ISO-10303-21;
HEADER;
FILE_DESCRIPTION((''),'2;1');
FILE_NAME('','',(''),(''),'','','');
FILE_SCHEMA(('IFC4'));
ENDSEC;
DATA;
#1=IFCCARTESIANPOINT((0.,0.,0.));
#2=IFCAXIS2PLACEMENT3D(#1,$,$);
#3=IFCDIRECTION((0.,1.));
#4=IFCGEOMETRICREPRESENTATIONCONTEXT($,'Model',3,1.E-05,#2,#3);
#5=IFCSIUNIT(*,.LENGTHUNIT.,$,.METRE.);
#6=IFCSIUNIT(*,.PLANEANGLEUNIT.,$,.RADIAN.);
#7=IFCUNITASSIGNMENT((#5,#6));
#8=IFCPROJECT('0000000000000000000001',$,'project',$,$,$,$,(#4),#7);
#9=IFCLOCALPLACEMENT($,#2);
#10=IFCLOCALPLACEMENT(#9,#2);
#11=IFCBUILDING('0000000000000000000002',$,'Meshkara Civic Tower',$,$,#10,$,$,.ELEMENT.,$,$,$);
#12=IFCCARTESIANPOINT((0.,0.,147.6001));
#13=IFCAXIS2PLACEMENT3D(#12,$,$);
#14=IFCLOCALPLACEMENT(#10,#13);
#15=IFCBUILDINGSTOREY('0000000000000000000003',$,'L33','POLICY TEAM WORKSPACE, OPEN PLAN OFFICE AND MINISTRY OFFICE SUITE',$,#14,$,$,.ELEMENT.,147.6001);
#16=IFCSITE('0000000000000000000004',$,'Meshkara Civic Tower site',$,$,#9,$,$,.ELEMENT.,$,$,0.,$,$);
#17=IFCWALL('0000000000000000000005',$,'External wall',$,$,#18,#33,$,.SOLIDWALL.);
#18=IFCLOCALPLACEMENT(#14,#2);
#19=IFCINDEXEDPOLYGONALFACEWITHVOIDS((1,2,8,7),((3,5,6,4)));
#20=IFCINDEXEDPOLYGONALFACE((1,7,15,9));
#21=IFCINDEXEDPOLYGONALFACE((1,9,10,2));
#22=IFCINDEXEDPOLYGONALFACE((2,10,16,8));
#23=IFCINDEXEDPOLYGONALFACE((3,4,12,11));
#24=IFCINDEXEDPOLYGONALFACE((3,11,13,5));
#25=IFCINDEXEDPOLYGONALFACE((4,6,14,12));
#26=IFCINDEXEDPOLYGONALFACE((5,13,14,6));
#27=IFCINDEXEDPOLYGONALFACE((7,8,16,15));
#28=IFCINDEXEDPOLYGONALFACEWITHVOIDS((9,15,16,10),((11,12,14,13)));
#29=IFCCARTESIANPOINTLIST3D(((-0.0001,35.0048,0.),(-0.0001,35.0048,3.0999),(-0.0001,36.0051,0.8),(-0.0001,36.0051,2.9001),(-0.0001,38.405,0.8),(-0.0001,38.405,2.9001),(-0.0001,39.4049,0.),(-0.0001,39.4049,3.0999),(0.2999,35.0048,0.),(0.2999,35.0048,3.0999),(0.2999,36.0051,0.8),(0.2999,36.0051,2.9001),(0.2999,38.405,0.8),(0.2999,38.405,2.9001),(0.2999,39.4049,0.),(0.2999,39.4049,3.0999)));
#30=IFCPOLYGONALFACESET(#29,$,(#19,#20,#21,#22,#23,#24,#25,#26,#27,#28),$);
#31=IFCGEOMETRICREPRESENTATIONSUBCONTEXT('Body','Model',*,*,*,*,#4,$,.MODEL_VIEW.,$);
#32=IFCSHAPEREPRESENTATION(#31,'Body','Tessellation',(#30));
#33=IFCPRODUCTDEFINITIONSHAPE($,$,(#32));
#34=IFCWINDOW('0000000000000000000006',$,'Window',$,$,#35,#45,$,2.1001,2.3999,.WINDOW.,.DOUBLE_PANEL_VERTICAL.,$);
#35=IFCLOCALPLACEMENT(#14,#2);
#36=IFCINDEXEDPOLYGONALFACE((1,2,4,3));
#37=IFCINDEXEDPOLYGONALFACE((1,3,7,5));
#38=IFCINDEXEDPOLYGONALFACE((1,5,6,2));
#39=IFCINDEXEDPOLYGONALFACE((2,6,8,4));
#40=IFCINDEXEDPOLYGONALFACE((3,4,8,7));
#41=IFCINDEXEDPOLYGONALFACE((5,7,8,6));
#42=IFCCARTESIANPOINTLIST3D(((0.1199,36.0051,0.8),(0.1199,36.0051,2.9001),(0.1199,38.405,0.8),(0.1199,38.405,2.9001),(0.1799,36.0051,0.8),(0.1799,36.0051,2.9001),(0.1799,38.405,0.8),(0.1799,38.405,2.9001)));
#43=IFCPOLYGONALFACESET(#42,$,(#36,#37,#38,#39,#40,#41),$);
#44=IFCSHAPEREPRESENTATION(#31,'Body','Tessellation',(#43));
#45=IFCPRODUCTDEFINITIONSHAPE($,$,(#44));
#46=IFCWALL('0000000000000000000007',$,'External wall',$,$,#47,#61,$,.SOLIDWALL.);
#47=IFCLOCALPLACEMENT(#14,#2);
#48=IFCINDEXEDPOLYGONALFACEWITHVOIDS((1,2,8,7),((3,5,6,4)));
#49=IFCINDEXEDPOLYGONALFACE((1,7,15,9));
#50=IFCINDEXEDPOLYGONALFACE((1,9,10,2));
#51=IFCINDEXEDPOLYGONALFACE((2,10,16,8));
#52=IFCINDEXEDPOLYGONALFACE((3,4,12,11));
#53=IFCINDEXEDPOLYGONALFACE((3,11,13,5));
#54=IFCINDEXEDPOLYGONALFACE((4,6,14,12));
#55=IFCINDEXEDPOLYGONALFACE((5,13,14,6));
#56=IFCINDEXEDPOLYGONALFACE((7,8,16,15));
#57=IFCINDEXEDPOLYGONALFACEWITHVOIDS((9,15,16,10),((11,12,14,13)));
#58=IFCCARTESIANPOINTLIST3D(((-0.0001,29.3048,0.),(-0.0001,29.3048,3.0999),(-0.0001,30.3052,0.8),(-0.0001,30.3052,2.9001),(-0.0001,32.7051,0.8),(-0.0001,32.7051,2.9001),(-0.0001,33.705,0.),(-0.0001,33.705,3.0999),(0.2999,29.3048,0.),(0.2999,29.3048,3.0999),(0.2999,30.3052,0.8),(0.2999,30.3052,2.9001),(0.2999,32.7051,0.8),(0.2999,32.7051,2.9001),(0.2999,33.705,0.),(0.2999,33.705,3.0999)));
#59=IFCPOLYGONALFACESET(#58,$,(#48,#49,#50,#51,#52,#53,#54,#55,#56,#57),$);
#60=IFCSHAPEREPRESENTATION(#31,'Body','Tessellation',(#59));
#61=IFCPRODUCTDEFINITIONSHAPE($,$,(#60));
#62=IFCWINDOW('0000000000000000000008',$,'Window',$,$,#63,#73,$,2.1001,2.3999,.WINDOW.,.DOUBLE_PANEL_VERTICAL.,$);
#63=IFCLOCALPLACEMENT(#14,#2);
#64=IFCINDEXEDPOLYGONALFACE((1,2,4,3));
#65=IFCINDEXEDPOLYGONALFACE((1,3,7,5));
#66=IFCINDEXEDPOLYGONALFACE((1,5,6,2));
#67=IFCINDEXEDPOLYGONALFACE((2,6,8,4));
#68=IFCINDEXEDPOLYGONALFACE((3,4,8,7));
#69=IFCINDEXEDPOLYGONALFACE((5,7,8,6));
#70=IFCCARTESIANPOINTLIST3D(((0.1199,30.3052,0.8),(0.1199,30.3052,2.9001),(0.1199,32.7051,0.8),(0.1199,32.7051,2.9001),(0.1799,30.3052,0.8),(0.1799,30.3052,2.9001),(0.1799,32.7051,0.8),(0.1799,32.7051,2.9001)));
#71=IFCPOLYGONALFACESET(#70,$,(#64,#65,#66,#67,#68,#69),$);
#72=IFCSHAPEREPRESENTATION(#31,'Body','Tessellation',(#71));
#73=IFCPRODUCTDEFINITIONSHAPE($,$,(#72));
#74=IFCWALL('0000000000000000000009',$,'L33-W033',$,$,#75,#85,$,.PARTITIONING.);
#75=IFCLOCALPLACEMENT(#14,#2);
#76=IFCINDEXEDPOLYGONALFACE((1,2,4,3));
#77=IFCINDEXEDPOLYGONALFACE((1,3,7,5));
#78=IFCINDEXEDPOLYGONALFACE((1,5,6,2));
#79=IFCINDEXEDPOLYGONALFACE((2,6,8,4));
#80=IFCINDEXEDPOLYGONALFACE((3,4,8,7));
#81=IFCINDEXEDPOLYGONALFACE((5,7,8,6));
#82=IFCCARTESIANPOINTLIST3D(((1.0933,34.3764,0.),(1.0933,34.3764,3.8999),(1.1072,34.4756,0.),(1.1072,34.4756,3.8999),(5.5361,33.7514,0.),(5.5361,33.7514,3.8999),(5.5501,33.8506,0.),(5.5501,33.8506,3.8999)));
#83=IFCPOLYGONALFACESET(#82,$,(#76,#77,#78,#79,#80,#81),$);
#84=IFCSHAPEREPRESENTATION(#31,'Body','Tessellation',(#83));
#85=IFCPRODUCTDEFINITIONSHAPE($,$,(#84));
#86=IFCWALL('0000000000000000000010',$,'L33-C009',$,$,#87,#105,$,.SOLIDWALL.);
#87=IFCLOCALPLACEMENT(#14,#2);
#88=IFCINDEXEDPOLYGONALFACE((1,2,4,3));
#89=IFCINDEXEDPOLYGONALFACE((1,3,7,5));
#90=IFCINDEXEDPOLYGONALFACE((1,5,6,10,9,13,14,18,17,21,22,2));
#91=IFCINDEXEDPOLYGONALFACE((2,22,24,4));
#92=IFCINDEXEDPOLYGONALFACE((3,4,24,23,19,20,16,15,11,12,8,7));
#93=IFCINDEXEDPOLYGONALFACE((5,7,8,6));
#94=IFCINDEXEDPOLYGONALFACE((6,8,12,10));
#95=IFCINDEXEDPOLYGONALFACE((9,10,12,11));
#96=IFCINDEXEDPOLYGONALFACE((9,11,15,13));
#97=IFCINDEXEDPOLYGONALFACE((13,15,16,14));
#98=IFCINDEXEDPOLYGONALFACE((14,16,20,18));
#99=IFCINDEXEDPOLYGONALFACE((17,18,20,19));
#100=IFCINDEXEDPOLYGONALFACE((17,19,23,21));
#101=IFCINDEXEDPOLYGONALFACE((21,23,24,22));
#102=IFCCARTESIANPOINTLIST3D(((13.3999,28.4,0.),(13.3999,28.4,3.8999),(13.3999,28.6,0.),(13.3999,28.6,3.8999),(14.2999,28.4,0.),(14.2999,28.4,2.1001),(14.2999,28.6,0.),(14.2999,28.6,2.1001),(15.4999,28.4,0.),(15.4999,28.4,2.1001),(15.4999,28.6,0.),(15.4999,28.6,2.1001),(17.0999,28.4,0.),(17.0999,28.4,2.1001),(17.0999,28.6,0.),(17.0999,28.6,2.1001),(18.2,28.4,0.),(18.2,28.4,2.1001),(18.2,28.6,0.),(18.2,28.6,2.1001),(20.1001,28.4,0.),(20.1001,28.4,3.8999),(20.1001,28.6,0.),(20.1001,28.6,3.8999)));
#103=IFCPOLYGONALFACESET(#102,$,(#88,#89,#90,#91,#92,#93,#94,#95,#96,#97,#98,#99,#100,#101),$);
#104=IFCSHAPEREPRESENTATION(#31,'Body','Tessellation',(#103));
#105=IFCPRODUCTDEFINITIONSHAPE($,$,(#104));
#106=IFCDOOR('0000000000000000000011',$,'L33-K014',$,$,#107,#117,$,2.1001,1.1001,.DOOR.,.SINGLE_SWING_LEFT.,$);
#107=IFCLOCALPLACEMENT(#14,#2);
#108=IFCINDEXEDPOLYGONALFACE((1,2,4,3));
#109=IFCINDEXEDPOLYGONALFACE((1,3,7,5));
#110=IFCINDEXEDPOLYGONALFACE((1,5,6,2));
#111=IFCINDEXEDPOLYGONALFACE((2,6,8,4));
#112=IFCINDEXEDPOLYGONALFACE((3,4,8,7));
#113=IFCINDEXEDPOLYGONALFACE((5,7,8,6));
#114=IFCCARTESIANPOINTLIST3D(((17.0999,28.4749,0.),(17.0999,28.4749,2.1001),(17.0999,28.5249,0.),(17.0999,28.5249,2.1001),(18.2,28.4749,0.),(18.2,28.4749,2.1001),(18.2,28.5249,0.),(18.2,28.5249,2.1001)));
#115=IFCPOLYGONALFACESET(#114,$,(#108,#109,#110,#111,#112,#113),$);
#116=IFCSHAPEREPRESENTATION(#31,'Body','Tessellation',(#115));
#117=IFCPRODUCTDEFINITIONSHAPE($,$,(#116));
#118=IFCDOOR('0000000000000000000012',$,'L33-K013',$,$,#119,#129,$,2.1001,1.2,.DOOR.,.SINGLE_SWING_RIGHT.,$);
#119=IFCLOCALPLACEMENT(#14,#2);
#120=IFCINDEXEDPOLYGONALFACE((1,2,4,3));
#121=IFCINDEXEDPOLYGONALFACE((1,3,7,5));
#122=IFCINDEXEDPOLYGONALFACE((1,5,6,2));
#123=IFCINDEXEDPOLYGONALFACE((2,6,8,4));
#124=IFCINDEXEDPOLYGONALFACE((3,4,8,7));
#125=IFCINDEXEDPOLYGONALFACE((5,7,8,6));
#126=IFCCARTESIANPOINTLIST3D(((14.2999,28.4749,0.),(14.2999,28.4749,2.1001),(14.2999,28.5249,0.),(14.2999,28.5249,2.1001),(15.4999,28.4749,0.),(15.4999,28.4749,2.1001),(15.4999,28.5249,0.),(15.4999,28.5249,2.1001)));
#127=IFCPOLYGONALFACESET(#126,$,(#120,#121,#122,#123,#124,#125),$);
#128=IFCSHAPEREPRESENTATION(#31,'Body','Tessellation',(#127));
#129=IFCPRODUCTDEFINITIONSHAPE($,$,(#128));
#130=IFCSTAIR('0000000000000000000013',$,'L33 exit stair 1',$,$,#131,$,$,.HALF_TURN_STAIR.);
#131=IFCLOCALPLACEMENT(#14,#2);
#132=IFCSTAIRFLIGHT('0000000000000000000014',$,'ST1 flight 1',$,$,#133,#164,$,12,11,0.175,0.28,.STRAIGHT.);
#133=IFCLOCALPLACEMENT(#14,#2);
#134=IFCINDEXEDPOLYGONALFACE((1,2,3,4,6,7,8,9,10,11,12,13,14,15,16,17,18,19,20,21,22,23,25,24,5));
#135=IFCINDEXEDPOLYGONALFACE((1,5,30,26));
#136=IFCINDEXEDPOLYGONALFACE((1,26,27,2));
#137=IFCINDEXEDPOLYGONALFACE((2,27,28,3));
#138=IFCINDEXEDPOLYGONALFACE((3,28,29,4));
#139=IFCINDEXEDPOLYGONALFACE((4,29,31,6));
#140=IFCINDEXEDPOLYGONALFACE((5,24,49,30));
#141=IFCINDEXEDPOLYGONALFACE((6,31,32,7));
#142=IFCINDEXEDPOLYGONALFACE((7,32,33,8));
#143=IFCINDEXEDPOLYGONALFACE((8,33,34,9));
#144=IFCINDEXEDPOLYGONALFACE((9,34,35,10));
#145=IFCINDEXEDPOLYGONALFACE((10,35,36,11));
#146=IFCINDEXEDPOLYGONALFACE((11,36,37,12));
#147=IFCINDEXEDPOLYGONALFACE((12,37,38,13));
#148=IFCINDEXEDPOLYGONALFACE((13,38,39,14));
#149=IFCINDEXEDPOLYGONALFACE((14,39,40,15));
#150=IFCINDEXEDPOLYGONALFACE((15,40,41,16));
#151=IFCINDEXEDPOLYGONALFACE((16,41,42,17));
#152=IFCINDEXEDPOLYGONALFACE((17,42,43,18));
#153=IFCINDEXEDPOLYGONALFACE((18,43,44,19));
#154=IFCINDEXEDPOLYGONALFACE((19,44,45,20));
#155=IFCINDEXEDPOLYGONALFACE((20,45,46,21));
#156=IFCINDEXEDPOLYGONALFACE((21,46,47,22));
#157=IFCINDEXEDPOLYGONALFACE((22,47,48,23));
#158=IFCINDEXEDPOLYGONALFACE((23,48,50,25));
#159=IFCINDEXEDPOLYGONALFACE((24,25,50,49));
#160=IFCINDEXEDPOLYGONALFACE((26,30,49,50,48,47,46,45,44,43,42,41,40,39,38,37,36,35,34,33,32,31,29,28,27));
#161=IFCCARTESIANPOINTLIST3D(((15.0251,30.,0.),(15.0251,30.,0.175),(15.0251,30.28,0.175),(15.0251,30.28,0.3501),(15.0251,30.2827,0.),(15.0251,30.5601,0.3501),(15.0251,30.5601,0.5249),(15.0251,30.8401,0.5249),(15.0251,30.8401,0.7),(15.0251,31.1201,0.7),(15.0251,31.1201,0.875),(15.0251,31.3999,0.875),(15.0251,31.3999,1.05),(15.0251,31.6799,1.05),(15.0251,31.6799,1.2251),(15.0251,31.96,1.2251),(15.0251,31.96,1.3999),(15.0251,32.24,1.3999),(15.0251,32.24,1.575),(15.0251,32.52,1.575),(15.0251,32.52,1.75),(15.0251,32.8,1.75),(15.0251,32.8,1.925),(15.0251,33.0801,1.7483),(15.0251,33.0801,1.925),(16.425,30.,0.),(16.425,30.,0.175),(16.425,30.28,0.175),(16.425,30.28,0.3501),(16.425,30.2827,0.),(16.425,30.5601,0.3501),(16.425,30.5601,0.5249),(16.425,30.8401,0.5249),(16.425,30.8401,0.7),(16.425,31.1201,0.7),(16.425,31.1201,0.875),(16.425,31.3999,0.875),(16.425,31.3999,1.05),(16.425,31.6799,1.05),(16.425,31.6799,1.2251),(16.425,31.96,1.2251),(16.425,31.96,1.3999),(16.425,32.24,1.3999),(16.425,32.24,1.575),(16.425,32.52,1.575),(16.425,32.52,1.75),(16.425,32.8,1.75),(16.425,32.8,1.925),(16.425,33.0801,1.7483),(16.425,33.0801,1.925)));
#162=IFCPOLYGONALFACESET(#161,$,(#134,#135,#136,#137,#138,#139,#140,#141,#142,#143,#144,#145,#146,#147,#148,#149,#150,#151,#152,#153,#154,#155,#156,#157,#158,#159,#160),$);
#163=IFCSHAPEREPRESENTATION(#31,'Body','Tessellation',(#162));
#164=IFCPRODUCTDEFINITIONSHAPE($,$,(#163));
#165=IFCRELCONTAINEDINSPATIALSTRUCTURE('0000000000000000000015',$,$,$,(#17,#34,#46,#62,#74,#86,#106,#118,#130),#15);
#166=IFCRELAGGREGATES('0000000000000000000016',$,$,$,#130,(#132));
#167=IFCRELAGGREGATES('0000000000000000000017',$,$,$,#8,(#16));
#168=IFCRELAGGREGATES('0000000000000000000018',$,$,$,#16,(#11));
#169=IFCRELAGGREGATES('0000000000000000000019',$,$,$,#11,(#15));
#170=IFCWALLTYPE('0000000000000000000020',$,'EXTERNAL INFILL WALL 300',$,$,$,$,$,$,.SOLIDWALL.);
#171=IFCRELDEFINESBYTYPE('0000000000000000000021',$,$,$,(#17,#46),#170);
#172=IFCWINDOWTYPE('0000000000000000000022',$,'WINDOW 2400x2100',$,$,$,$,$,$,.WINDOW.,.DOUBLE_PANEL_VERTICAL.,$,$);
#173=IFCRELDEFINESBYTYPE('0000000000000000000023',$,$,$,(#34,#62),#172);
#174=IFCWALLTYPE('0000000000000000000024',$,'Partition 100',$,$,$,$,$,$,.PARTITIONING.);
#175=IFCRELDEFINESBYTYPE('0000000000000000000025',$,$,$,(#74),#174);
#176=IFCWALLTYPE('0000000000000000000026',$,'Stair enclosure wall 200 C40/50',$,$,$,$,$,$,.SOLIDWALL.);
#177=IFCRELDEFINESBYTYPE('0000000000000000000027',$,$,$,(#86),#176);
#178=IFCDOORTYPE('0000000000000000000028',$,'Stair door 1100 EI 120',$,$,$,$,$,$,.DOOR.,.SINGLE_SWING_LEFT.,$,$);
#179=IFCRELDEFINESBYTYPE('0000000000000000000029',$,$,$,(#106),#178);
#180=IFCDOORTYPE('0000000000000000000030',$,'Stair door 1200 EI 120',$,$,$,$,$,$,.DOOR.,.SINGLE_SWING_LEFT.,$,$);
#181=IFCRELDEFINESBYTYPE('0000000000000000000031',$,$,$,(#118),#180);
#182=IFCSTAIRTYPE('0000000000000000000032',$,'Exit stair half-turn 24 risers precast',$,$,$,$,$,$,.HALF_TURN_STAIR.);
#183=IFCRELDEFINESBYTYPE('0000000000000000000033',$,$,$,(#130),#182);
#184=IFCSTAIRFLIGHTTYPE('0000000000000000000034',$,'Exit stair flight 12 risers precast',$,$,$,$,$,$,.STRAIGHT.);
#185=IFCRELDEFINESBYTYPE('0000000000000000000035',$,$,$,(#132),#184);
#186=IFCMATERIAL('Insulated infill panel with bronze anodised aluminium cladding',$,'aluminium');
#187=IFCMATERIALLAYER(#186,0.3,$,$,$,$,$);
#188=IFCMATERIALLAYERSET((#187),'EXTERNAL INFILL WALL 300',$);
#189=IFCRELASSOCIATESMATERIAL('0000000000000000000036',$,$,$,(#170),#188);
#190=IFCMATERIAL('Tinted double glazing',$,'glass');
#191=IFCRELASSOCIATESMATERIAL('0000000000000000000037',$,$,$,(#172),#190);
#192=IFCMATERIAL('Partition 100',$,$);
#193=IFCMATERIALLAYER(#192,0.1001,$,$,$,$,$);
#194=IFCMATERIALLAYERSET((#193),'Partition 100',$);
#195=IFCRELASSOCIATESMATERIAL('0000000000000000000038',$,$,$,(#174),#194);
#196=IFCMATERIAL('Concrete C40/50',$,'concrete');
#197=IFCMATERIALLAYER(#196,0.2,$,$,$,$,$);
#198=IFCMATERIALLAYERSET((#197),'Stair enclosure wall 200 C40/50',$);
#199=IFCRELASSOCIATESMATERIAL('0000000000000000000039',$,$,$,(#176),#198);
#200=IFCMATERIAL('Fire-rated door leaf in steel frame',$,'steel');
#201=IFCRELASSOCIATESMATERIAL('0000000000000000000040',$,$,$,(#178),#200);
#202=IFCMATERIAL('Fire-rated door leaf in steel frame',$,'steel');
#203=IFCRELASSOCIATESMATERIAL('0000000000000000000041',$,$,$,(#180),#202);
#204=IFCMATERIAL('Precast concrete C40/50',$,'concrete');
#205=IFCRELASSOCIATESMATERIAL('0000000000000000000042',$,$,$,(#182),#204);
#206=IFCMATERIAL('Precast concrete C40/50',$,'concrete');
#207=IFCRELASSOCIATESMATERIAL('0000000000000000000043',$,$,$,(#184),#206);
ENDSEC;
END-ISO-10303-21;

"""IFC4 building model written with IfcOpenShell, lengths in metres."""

from ifc_helpers import new_model, si_unit, direction, frame, frame_2d, origin, place, context, subcontext, project, spatial, polyline, rectangle, outline, extrude, material, layer, layer_set, type_object, element, fill, aggregate, save


model = new_model("IFC4")

# Units and contexts
model_context = context("Model", 3, precision=1e-05, world=origin(), true_north=direction((0.0, 1.0)))
body_context = subcontext(model_context, "Body", "Model", "MODEL_VIEW")
ifc_project = project(units=[si_unit("LENGTHUNIT", "METRE"), si_unit("PLANEANGLEUNIT", "RADIAN")], contexts=[model_context])

# Site, building, storey
site_placement = place(None, origin())
site = spatial("IfcSite", under=ifc_project, at=site_placement, Name="Meshkara Civic Tower site", CompositionType="ELEMENT", RefElevation=0.0)
building_placement = place(site_placement, origin())
building = spatial("IfcBuilding", under=site, at=building_placement, Name="Meshkara Civic Tower", CompositionType="ELEMENT")
storey_placement = place(building_placement, frame((0.0, 0.0, 147.6001)))
storey = spatial("IfcBuildingStorey", under=building, at=storey_placement, Name="L33", Description="POLICY TEAM WORKSPACE, OPEN PLAN OFFICE AND MINISTRY OFFICE SUITE", CompositionType="ELEMENT", Elevation=147.6001)

# Walls, openings, windows
ifc_material_1 = material(Name="Insulated infill panel with bronze anodised aluminium cladding", Category="aluminium")
ifc_layer_1 = layer(ifc_material_1, 0.3)
ifc_layer_set_1 = layer_set([ifc_layer_1], Name="EXTERNAL INFILL WALL 300")
wall_type_1 = type_object("IfcWallType", Name="EXTERNAL INFILL WALL 300", PredefinedType="SOLIDWALL", material=ifc_layer_set_1)
wall_1_placement = place(storey_placement, frame((0.1499, 39.405, 0.0), z_axis=(0.0, 0.0, 1.0), x_axis=(0.0, -1.0, 0.0)))
wall_1 = element("IfcWall", 1, at=wall_1_placement, inside=storey, type_object=wall_type_1, Name="External wall", PredefinedType="SOLIDWALL", context=body_context, shape_type="SweptSolid", body=[
    extrude(rectangle(XDim=4.4001, YDim=0.3, at=frame_2d((2.2002, 0.0))), origin(), (0.0, 0.0, 1.0), 3.0999),
])
opening_1_placement = place(wall_1_placement, frame((1.0, 0.0, 0.8)))
opening_1 = element("IfcOpeningElement", 2, at=opening_1_placement, cuts=wall_1, PredefinedType="OPENING", context=body_context, shape_type="SweptSolid", body=[
    extrude(rectangle(XDim=2.3999, YDim=2.1001, at=frame_2d((1.2, 1.05))), frame((0.0, 0.1599, 0.0), z_axis=(0.0, -1.0, 0.0), x_axis=(1.0, 0.0, 0.0)), (0.0, 0.0, 1.0), 0.3201),
])
ifc_material_2 = material(Name="Tinted double glazing", Category="glass")
window_type = type_object("IfcWindowType", Name="WINDOW 2400x2100", PartitioningType="DOUBLE_PANEL_VERTICAL", PredefinedType="WINDOW", material=ifc_material_2)
window_1_placement = place(opening_1_placement, origin())
window_1 = element("IfcWindow", 3, at=window_1_placement, inside=storey, type_object=window_type, Name="Window", OverallHeight=2.1001, OverallWidth=2.3999, PartitioningType="DOUBLE_PANEL_VERTICAL", PredefinedType="WINDOW", context=body_context, shape_type="SweptSolid", body=[
    extrude(rectangle(XDim=2.3999, YDim=2.1001, at=frame_2d((1.2, 1.05))), frame((0.0, 0.03, 0.0), z_axis=(0.0, -1.0, 0.0), x_axis=(1.0, 0.0, 0.0)), (0.0, 0.0, 1.0), 0.0601),
])
fill(opening_1, window_1)
wall_2_placement = place(storey_placement, frame((0.1499, 33.7051, 0.0), z_axis=(0.0, 0.0, 1.0), x_axis=(0.0, -1.0, 0.0)))
wall_2 = element("IfcWall", 4, at=wall_2_placement, inside=storey, type_object=wall_type_1, Name="External wall", PredefinedType="SOLIDWALL", context=body_context, shape_type="SweptSolid", body=[
    extrude(rectangle(XDim=4.4001, YDim=0.3, at=frame_2d((2.2002, 0.0))), origin(), (0.0, 0.0, 1.0), 3.0999),
])
opening_2_placement = place(wall_2_placement, frame((1.0, 0.0, 0.8)))
opening_2 = element("IfcOpeningElement", 5, at=opening_2_placement, cuts=wall_2, PredefinedType="OPENING", context=body_context, shape_type="SweptSolid", body=[
    extrude(rectangle(XDim=2.3999, YDim=2.1001, at=frame_2d((1.2, 1.05))), frame((0.0, 0.1599, 0.0), z_axis=(0.0, -1.0, 0.0), x_axis=(1.0, 0.0, 0.0)), (0.0, 0.0, 1.0), 0.3201),
])
window_2_placement = place(opening_2_placement, origin())
window_2 = element("IfcWindow", 6, at=window_2_placement, inside=storey, type_object=window_type, Name="Window", OverallHeight=2.1001, OverallWidth=2.3999, PartitioningType="DOUBLE_PANEL_VERTICAL", PredefinedType="WINDOW", context=body_context, shape_type="SweptSolid", body=[
    extrude(rectangle(XDim=2.3999, YDim=2.1001, at=frame_2d((1.2, 1.05))), frame((0.0, 0.03, 0.0), z_axis=(0.0, -1.0, 0.0), x_axis=(1.0, 0.0, 0.0)), (0.0, 0.0, 1.0), 0.0601),
])
fill(opening_2, window_2)

# Wall
ifc_material_3 = material(Name="Partition 100")
ifc_layer_2 = layer(ifc_material_3, 0.1001)
ifc_layer_set_2 = layer_set([ifc_layer_2], Name="Partition 100")
wall_type_2 = type_object("IfcWallType", Name="Partition 100", PredefinedType="PARTITIONING", material=ifc_layer_set_2)
wall_3_placement = place(storey_placement, frame((5.543, 33.801, 0.0), z_axis=(0.0, 0.0, 1.0), x_axis=(-0.99025, 0.139303, 0.0)))
element("IfcWall", 7, at=wall_3_placement, inside=storey, type_object=wall_type_2, Name="L33-W033", PredefinedType="PARTITIONING", context=body_context, shape_type="SweptSolid", body=[
    extrude(rectangle(XDim=4.4866, YDim=0.1001, at=frame_2d((2.2432, 0.0))), origin(), (0.0, 0.0, 1.0), 3.8999),
])

# Wall, openings, doors
ifc_material_4 = material(Name="Concrete C40/50", Category="concrete")
ifc_layer_3 = layer(ifc_material_4, 0.2)
ifc_layer_set_3 = layer_set([ifc_layer_3], Name="Stair enclosure wall 200 C40/50")
wall_type_3 = type_object("IfcWallType", Name="Stair enclosure wall 200 C40/50", PredefinedType="SOLIDWALL", material=ifc_layer_set_3)
wall_4_placement = place(storey_placement, frame((13.3999, 28.5, 0.0), z_axis=(0.0, 0.0, 1.0), x_axis=(1.0, 0.0, 0.0)))
wall_4 = element("IfcWall", 8, at=wall_4_placement, inside=storey, type_object=wall_type_3, Name="L33-C009", PredefinedType="SOLIDWALL", context=body_context, shape_type="SweptSolid", body=[
    extrude(rectangle(XDim=6.7002, YDim=0.2, at=frame_2d((3.3501, 0.0))), origin(), (0.0, 0.0, 1.0), 3.8999),
])
opening_3_placement = place(wall_4_placement, frame((0.8999, 0.0, 0.0)))
opening_3 = element("IfcOpeningElement", 9, at=opening_3_placement, cuts=wall_4, PredefinedType="OPENING", context=body_context, shape_type="SweptSolid", body=[
    extrude(rectangle(XDim=1.2, YDim=2.1001, at=frame_2d((0.6001, 1.05))), frame((0.0, 0.1099, 0.0), z_axis=(0.0, -1.0, 0.0), x_axis=(1.0, 0.0, 0.0)), (0.0, 0.0, 1.0), 0.22),
])
opening_4_placement = place(wall_4_placement, frame((3.7, 0.0, 0.0)))
opening_4 = element("IfcOpeningElement", 10, at=opening_4_placement, cuts=wall_4, PredefinedType="OPENING", context=body_context, shape_type="SweptSolid", body=[
    extrude(rectangle(XDim=1.1001, YDim=2.1001, at=frame_2d((0.55, 1.05))), frame((0.0, 0.1099, 0.0), z_axis=(0.0, -1.0, 0.0), x_axis=(1.0, 0.0, 0.0)), (0.0, 0.0, 1.0), 0.22),
])
ifc_material_5 = material(Name="Fire-rated door leaf in steel frame", Category="steel")
door_type_1 = type_object("IfcDoorType", Name="Stair door 1100 EI 120", OperationType="SINGLE_SWING_LEFT", PredefinedType="DOOR", material=ifc_material_5)
door_1_placement = place(opening_4_placement, origin())
door_1 = element("IfcDoor", 11, at=door_1_placement, inside=storey, type_object=door_type_1, Name="L33-K014", OperationType="SINGLE_SWING_LEFT", OverallHeight=2.1001, OverallWidth=1.1001, PredefinedType="DOOR", context=body_context, shape_type="SweptSolid", body=[
    extrude(rectangle(XDim=1.1001, YDim=2.1001, at=frame_2d((0.55, 1.05))), frame((0.0, 0.0249, 0.0), z_axis=(0.0, -1.0, 0.0), x_axis=(1.0, 0.0, 0.0)), (0.0, 0.0, 1.0), 0.05),
])
fill(opening_4, door_1)
ifc_material_6 = material(Name="Fire-rated door leaf in steel frame", Category="steel")
door_type_2 = type_object("IfcDoorType", Name="Stair door 1200 EI 120", OperationType="SINGLE_SWING_LEFT", PredefinedType="DOOR", material=ifc_material_6)
door_2_placement = place(opening_3_placement, origin())
door_2 = element("IfcDoor", 12, at=door_2_placement, inside=storey, type_object=door_type_2, Name="L33-K013", OperationType="SINGLE_SWING_RIGHT", OverallHeight=2.1001, OverallWidth=1.2, PredefinedType="DOOR", context=body_context, shape_type="SweptSolid", body=[
    extrude(rectangle(XDim=1.2, YDim=2.1001, at=frame_2d((0.6001, 1.05))), frame((0.0, 0.0249, 0.0), z_axis=(0.0, -1.0, 0.0), x_axis=(1.0, 0.0, 0.0)), (0.0, 0.0, 1.0), 0.05),
])
fill(opening_3, door_2)

# Stair, stair flight
ifc_material_7 = material(Name="Precast concrete C40/50", Category="concrete")
stair_type = type_object("IfcStairType", Name="Exit stair half-turn 24 risers precast", PredefinedType="HALF_TURN_STAIR", material=ifc_material_7)
stair_placement = place(storey_placement, origin())
stair = element("IfcStair", 13, at=stair_placement, inside=storey, type_object=stair_type, Name="L33 exit stair 1", PredefinedType="HALF_TURN_STAIR")
ifc_material_8 = material(Name="Precast concrete C40/50", Category="concrete")
stair_flight_type = type_object("IfcStairFlightType", Name="Exit stair flight 12 risers precast", PredefinedType="STRAIGHT", material=ifc_material_8)
stair_flight_1_placement = place(storey_placement, frame((15.7251, 30.0, 0.0), z_axis=(0.0, 0.0, 1.0), x_axis=(0.0, 1.0, 0.0)))
stair_flight_1 = element("IfcStairFlight", 14, at=stair_flight_1_placement, type_object=stair_flight_type, Name="ST1 flight 1", NumberOfRisers=12, NumberOfTreads=11, PredefinedType="STRAIGHT", RiserHeight=0.175, TreadLength=0.28, context=body_context, shape_type="SweptSolid", body=[
    extrude(outline(polyline([(0.0, 0.0), (0.0, 0.175), (0.28, 0.175), (0.28, 0.3501), (0.5601, 0.3501), (0.5601, 0.5249), (0.8401, 0.5249), (0.8401, 0.7), (1.1201, 0.7), (1.1201, 0.875), (1.3999, 0.875), (1.3999, 1.05), (1.6799, 1.05), (1.6799, 1.2251), (1.96, 1.2251), (1.96, 1.3999), (2.24, 1.3999), (2.24, 1.575), (2.52, 1.575), (2.52, 1.75), (2.8, 1.75), (2.8, 1.925), (3.0801, 1.925), (3.0801, 2.1001), (3.0801, 1.7483), (0.2827, 0.0), (0.0, 0.0)])), frame((0.0, 0.7, 0.0), z_axis=(0.0, -1.0, 0.0), x_axis=(1.0, 0.0, 0.0)), (0.0, 0.0, 1.0), 1.3999),
])
aggregate(stair, [stair_flight_1])

save(model, "model.ifc")
